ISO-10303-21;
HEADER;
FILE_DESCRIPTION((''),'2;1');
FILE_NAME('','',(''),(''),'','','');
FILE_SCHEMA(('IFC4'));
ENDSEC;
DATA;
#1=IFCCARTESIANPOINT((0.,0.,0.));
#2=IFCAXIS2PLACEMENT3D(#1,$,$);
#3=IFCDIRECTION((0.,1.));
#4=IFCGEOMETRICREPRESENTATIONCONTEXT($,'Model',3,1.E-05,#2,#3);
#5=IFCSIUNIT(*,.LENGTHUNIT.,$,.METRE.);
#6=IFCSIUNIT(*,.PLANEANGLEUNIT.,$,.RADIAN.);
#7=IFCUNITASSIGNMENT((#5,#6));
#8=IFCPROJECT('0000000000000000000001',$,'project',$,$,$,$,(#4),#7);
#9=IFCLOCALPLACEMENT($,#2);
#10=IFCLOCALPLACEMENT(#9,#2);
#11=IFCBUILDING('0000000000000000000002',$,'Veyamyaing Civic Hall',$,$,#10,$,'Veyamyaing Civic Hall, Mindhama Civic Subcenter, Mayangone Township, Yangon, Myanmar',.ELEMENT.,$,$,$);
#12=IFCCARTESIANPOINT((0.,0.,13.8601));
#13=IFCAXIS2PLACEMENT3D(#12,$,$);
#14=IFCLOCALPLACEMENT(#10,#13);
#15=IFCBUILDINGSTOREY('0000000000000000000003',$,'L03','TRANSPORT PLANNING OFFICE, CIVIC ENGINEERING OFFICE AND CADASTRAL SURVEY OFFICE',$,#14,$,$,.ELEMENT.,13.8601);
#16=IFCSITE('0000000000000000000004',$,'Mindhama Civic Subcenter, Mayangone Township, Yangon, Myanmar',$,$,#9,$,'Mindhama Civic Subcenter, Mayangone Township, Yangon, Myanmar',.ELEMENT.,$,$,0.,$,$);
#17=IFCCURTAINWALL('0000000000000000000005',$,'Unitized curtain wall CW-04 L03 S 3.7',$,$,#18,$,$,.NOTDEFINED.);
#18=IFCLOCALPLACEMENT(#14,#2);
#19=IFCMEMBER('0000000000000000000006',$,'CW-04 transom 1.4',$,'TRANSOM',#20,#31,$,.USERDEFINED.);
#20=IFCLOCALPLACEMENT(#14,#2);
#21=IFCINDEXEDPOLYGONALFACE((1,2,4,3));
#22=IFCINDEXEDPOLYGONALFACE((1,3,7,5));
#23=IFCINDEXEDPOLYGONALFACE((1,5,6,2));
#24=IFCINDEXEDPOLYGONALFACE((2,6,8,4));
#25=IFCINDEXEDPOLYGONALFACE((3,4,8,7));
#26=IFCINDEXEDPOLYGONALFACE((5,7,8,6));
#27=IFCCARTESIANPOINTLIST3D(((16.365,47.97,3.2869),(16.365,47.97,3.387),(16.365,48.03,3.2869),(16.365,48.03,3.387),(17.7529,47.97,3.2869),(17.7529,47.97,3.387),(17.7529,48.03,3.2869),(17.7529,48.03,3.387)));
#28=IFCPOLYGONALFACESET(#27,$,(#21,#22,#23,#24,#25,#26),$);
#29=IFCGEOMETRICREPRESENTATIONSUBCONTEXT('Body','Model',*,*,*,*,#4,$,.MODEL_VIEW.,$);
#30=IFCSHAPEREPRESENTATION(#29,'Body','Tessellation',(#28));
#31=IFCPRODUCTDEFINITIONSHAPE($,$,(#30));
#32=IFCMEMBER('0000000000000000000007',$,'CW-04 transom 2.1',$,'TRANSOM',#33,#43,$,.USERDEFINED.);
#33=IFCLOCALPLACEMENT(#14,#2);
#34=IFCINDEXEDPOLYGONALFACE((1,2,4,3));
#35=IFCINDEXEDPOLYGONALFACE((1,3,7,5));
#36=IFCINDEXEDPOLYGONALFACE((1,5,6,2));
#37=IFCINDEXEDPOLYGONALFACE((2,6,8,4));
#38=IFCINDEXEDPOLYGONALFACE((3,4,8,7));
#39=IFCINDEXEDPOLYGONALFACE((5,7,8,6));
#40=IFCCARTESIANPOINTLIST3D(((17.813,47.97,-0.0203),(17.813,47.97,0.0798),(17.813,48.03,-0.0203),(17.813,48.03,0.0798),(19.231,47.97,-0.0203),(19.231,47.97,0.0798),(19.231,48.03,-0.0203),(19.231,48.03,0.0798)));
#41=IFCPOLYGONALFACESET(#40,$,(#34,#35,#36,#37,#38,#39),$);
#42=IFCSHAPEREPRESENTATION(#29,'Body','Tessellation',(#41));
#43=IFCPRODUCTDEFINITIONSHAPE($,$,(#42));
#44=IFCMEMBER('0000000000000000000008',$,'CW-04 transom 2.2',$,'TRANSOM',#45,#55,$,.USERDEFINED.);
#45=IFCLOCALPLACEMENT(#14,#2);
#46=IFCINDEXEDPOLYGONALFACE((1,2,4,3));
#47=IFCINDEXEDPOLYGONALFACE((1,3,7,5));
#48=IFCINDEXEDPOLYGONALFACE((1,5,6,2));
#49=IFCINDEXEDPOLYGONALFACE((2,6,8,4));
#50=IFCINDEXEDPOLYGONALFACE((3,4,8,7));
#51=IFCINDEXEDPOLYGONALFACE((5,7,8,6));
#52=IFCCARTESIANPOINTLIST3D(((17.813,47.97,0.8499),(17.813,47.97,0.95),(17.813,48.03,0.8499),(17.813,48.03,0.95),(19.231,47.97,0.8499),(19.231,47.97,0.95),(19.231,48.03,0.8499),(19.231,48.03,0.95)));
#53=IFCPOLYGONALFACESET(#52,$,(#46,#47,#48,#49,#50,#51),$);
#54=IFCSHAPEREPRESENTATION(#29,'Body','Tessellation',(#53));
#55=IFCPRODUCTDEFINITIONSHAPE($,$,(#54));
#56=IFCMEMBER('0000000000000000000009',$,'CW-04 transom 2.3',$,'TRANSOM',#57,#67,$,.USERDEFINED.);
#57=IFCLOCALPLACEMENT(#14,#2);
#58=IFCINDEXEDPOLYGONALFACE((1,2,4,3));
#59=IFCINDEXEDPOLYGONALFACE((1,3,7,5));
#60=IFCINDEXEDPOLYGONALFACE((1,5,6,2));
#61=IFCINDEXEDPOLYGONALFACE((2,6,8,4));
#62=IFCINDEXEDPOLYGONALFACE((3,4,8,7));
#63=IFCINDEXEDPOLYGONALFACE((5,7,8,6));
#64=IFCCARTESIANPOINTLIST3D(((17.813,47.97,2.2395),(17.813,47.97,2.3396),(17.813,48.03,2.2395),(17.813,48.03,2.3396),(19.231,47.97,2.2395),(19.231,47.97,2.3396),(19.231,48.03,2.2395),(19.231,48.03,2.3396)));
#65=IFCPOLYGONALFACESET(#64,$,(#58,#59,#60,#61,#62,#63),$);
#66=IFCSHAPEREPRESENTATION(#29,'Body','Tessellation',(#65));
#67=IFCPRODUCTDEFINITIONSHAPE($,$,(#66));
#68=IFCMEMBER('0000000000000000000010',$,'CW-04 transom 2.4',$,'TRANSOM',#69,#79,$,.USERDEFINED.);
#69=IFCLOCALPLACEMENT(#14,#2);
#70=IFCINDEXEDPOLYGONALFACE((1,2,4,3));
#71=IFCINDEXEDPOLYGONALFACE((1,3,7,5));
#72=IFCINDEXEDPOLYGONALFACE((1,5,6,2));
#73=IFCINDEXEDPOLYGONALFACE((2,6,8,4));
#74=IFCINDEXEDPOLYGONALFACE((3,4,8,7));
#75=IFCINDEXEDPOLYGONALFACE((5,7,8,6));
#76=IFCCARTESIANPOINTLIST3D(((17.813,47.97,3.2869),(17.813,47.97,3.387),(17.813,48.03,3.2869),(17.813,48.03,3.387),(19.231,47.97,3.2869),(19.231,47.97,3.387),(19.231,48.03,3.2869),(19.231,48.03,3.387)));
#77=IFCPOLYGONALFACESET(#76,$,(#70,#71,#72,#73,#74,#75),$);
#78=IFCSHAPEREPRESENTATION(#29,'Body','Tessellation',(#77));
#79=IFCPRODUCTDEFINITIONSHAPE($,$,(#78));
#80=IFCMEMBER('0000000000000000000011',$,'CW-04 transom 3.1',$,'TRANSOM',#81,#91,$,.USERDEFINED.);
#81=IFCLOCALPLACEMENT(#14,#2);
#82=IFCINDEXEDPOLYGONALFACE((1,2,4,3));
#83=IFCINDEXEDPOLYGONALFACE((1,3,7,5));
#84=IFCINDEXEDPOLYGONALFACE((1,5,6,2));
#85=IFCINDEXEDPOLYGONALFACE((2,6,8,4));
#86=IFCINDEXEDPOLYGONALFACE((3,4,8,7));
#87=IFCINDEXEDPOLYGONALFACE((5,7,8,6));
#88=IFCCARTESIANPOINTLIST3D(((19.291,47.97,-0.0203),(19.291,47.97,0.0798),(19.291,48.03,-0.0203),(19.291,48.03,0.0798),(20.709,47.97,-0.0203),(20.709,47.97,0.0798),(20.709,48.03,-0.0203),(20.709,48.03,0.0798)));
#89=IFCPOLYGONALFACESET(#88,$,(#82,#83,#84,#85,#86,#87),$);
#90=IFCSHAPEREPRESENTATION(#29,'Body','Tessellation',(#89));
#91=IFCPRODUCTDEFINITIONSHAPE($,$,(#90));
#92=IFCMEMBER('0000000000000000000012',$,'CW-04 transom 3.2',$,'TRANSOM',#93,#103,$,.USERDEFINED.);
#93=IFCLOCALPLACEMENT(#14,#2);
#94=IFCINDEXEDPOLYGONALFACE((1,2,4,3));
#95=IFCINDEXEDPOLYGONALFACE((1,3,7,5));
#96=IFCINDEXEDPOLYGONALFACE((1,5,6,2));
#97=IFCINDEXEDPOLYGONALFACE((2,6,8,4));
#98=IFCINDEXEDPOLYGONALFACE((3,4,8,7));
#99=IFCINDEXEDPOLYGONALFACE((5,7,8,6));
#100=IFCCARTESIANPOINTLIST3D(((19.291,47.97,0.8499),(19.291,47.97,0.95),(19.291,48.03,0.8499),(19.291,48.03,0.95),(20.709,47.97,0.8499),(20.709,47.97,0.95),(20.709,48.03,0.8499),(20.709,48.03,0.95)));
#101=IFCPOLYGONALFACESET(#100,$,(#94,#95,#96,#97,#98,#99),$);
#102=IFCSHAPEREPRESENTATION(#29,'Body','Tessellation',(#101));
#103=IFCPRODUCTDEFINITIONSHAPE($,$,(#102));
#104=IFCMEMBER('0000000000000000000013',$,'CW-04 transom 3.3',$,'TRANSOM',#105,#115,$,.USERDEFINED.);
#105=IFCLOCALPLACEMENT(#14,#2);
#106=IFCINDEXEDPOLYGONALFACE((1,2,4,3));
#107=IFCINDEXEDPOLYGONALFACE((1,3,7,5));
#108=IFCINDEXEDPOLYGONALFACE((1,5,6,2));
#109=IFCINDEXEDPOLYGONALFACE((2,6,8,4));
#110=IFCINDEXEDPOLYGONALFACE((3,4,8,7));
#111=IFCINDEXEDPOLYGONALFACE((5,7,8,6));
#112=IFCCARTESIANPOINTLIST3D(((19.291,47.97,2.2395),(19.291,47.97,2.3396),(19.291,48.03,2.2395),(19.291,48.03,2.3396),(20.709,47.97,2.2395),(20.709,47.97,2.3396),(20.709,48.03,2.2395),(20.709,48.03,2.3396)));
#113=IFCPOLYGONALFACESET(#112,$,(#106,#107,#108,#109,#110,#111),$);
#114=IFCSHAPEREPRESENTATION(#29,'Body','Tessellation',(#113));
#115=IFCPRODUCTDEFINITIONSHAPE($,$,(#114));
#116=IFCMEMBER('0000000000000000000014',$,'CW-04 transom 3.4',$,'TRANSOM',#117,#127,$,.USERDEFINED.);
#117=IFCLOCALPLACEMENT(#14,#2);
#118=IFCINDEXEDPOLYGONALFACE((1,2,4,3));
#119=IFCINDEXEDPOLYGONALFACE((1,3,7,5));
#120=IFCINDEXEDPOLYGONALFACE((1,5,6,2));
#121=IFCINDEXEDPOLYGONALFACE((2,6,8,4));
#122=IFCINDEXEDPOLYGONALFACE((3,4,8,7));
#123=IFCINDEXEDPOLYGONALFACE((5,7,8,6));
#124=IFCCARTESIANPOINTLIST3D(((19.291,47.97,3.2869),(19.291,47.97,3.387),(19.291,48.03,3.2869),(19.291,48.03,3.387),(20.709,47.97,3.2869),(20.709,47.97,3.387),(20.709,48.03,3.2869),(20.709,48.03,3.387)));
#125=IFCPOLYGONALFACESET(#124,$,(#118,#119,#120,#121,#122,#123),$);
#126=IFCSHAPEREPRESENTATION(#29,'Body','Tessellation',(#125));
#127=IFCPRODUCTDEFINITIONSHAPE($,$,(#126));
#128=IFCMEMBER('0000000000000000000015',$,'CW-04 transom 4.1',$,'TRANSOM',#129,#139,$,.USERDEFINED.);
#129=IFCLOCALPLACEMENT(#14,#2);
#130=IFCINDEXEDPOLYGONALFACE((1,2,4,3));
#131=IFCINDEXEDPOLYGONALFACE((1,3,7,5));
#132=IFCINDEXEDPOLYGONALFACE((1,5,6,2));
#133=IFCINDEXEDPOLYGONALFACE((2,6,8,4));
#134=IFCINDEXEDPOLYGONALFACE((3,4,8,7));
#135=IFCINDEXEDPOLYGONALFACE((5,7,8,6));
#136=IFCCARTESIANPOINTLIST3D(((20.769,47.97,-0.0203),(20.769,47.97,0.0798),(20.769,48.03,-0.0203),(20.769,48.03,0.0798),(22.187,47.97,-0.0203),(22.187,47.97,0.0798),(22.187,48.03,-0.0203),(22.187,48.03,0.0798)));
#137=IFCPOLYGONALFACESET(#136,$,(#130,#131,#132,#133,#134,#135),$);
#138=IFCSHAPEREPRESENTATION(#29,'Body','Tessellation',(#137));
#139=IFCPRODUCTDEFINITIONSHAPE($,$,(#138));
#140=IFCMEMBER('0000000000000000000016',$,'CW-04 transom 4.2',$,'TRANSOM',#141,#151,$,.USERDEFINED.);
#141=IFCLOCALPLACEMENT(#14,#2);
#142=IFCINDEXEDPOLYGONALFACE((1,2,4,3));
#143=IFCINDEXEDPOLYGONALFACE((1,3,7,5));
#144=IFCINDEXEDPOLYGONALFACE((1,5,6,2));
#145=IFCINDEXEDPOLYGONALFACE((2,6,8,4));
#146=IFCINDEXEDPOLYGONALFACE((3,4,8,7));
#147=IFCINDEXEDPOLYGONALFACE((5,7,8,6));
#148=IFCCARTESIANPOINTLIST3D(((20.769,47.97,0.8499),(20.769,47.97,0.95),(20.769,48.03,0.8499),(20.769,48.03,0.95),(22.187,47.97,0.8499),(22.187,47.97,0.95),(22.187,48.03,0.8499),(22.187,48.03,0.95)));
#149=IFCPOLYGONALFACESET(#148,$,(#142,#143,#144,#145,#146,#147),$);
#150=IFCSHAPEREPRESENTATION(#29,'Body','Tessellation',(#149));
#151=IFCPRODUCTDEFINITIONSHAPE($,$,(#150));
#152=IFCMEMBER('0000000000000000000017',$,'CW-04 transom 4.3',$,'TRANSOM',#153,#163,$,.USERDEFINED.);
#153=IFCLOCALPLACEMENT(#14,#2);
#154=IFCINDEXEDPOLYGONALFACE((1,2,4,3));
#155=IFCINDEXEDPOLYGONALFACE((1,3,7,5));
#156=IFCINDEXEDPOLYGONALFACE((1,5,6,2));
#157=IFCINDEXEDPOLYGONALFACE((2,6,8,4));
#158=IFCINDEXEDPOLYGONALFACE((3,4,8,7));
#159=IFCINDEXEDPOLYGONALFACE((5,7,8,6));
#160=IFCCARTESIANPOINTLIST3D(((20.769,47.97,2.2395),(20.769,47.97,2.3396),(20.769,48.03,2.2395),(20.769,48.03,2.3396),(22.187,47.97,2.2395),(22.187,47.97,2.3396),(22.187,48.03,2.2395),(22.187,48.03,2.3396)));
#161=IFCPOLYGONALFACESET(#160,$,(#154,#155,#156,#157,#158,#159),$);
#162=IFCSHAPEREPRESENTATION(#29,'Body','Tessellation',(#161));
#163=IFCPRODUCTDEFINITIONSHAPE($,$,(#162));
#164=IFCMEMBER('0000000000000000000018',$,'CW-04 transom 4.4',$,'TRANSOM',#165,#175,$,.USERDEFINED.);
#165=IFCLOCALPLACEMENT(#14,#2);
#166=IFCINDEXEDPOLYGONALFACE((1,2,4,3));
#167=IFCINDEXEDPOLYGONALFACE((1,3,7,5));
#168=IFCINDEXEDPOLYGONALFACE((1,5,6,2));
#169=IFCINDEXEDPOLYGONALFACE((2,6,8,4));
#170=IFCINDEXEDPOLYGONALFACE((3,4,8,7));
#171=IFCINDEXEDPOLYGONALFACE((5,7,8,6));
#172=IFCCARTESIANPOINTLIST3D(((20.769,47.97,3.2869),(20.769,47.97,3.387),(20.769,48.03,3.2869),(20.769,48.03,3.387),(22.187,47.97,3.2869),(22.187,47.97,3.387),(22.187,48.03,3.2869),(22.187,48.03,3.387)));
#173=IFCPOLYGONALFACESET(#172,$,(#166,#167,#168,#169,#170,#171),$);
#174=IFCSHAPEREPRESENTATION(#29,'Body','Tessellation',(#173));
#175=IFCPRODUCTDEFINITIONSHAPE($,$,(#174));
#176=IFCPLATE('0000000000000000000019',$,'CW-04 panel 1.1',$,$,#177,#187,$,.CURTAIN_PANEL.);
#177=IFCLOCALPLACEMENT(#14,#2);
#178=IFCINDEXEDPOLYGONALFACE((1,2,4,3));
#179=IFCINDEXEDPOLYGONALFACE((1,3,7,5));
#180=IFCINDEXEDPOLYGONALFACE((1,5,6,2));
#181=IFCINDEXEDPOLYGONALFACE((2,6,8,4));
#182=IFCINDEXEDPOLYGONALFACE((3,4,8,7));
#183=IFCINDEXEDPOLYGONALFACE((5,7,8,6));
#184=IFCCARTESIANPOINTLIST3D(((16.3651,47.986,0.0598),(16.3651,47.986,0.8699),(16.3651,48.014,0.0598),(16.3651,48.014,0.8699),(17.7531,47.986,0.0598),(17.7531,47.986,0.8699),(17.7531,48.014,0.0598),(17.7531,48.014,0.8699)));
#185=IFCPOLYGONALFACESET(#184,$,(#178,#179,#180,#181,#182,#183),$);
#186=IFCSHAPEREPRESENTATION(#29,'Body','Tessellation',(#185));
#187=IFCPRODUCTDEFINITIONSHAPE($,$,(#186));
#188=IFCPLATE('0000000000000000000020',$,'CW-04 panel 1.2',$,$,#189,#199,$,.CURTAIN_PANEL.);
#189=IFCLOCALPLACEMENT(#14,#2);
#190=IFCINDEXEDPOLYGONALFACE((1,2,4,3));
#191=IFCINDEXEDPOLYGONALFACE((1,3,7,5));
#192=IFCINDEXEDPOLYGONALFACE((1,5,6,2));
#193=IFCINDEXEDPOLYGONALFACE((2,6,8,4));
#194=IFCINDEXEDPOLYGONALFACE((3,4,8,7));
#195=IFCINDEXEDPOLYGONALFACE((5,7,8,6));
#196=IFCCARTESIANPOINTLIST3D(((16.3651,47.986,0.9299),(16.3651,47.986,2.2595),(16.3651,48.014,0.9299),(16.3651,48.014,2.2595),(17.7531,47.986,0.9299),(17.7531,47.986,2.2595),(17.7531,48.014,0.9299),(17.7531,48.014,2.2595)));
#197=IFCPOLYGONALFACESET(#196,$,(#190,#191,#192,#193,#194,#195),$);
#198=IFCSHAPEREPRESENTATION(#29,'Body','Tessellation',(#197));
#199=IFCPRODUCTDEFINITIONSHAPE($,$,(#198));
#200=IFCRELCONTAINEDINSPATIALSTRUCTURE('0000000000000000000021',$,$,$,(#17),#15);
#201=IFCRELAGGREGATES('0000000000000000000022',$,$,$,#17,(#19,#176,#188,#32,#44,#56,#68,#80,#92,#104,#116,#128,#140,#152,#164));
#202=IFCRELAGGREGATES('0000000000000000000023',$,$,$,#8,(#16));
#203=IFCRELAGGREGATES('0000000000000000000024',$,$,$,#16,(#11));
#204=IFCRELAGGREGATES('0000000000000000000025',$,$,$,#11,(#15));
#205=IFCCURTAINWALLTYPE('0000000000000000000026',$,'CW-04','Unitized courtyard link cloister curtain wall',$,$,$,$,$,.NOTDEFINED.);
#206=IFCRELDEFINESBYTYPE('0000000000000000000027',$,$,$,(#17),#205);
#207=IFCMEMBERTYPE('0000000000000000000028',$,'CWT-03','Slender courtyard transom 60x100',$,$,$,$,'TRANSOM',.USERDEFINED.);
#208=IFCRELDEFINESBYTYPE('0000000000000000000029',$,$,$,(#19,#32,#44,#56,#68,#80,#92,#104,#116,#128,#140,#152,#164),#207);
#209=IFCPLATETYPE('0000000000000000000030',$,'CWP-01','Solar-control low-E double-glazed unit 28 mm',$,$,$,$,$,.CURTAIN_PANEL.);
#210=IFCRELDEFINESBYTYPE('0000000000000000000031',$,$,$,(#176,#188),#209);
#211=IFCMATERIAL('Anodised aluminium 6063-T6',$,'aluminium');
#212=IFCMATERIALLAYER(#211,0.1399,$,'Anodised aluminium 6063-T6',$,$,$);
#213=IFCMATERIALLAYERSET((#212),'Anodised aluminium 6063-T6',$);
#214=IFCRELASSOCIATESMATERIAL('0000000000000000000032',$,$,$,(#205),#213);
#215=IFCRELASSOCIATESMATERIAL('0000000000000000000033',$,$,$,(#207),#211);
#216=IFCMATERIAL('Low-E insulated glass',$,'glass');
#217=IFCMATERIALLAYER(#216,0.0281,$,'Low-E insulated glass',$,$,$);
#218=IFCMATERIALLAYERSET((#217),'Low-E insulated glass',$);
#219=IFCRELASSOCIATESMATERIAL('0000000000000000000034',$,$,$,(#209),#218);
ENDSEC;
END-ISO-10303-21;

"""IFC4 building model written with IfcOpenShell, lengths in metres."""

from ifc_helpers import new_model, si_unit, direction, frame, origin, origin_2d, place, context, subcontext, project, spatial, rectangle, extrude, material, layer, layer_set, material_profile, profile_set, type_object, element, aggregate, save


model = new_model("IFC4")

# Units and contexts
model_context = context("Model", 3, precision=1e-05, world=origin(), true_north=direction((0.0, 1.0)))
body_context = subcontext(model_context, "Body", "Model", "MODEL_VIEW")
ifc_project = project(units=[si_unit("LENGTHUNIT", "METRE"), si_unit("PLANEANGLEUNIT", "RADIAN")], contexts=[model_context])

# Site, building, storey
site_placement = place(None, origin())
site = spatial("IfcSite", under=ifc_project, at=site_placement, Name="Mindhama Civic Subcenter, Mayangone Township, Yangon, Myanmar", LongName="Mindhama Civic Subcenter, Mayangone Township, Yangon, Myanmar", CompositionType="ELEMENT", RefElevation=0.0)
building_placement = place(site_placement, origin())
building = spatial("IfcBuilding", under=site, at=building_placement, Name="Veyamyaing Civic Hall", LongName="Veyamyaing Civic Hall, Mindhama Civic Subcenter, Mayangone Township, Yangon, Myanmar", CompositionType="ELEMENT")
storey_placement = place(building_placement, frame((0.0, 0.0, 13.8601)))
storey = spatial("IfcBuildingStorey", under=building, at=storey_placement, Name="L03", Description="TRANSPORT PLANNING OFFICE, CIVIC ENGINEERING OFFICE AND CADASTRAL SURVEY OFFICE", CompositionType="ELEMENT", Elevation=13.8601)

# Curtain wall, members, plates
ifc_material_1 = material(Name="Anodised aluminium 6063-T6", Category="aluminium")
ifc_layer_1 = layer(ifc_material_1, 0.1399, Name="Anodised aluminium 6063-T6")
ifc_layer_set_1 = layer_set([ifc_layer_1], Name="Anodised aluminium 6063-T6")
curtain_wall_type = type_object("IfcCurtainWallType", Name="CW-04", Description="Unitized courtyard link cloister curtain wall", PredefinedType="NOTDEFINED", material=ifc_layer_set_1)
curtain_wall_placement = place(storey_placement, origin())
curtain_wall = element("IfcCurtainWall", 1, at=curtain_wall_placement, inside=storey, type_object=curtain_wall_type, Name="Unitized curtain wall CW-04 L03 S 3.7", PredefinedType="NOTDEFINED")
ifc_material_profile_1 = material_profile(ifc_material_1, rectangle(XDim=0.0601, YDim=0.1001, at=origin_2d()), Name="ALU-TRN-60X100")
ifc_profile_set_1 = profile_set([ifc_material_profile_1], Name="Anodised aluminium 6063-T6")
member_type_1 = type_object("IfcMemberType", Name="CWT-03", Description="Slender courtyard transom 60x100", ElementType="TRANSOM", PredefinedType="USERDEFINED", material=ifc_profile_set_1)
member_1_placement = place(storey_placement, frame((16.365, 48.0, 3.3369), z_axis=(1.0, 0.0, 0.0), x_axis=(0.0, 1.0, 0.0)))
member_1 = element("IfcMember", 2, at=member_1_placement, type_object=member_type_1, Name="CW-04 transom 1.4", ObjectType="TRANSOM", PredefinedType="USERDEFINED", context=body_context, shape_type="SweptSolid", body=[
    extrude(rectangle(XDim=0.0601, YDim=0.1001, at=origin_2d()), origin(), (0.0, 0.0, 1.0), 1.3879),
])
member_2_placement = place(storey_placement, frame((17.813, 48.0, 0.0298), z_axis=(1.0, 0.0, 0.0), x_axis=(0.0, 1.0, 0.0)))
member_2 = element("IfcMember", 3, at=member_2_placement, type_object=member_type_1, Name="CW-04 transom 2.1", ObjectType="TRANSOM", PredefinedType="USERDEFINED", context=body_context, shape_type="SweptSolid", body=[
    extrude(rectangle(XDim=0.0601, YDim=0.1001, at=origin_2d()), origin(), (0.0, 0.0, 1.0), 1.418),
])
member_3_placement = place(storey_placement, frame((17.813, 48.0, 0.8999), z_axis=(1.0, 0.0, 0.0), x_axis=(0.0, 1.0, 0.0)))
member_3 = element("IfcMember", 4, at=member_3_placement, type_object=member_type_1, Name="CW-04 transom 2.2", ObjectType="TRANSOM", PredefinedType="USERDEFINED", context=body_context, shape_type="SweptSolid", body=[
    extrude(rectangle(XDim=0.0601, YDim=0.1001, at=origin_2d()), origin(), (0.0, 0.0, 1.0), 1.418),
])
member_4_placement = place(storey_placement, frame((17.813, 48.0, 2.2896), z_axis=(1.0, 0.0, 0.0), x_axis=(0.0, 1.0, 0.0)))
member_4 = element("IfcMember", 5, at=member_4_placement, type_object=member_type_1, Name="CW-04 transom 2.3", ObjectType="TRANSOM", PredefinedType="USERDEFINED", context=body_context, shape_type="SweptSolid", body=[
    extrude(rectangle(XDim=0.0601, YDim=0.1001, at=origin_2d()), origin(), (0.0, 0.0, 1.0), 1.418),
])
member_5_placement = place(storey_placement, frame((17.813, 48.0, 3.3369), z_axis=(1.0, 0.0, 0.0), x_axis=(0.0, 1.0, 0.0)))
member_5 = element("IfcMember", 6, at=member_5_placement, type_object=member_type_1, Name="CW-04 transom 2.4", ObjectType="TRANSOM", PredefinedType="USERDEFINED", context=body_context, shape_type="SweptSolid", body=[
    extrude(rectangle(XDim=0.0601, YDim=0.1001, at=origin_2d()), origin(), (0.0, 0.0, 1.0), 1.418),
])
member_6_placement = place(storey_placement, frame((19.291, 48.0, 0.0298), z_axis=(1.0, 0.0, 0.0), x_axis=(0.0, 1.0, 0.0)))
member_6 = element("IfcMember", 7, at=member_6_placement, type_object=member_type_1, Name="CW-04 transom 3.1", ObjectType="TRANSOM", PredefinedType="USERDEFINED", context=body_context, shape_type="SweptSolid", body=[
    extrude(rectangle(XDim=0.0601, YDim=0.1001, at=origin_2d()), origin(), (0.0, 0.0, 1.0), 1.418),
])
member_7_placement = place(storey_placement, frame((19.291, 48.0, 0.8999), z_axis=(1.0, 0.0, 0.0), x_axis=(0.0, 1.0, 0.0)))
member_7 = element("IfcMember", 8, at=member_7_placement, type_object=member_type_1, Name="CW-04 transom 3.2", ObjectType="TRANSOM", PredefinedType="USERDEFINED", context=body_context, shape_type="SweptSolid", body=[
    extrude(rectangle(XDim=0.0601, YDim=0.1001, at=origin_2d()), origin(), (0.0, 0.0, 1.0), 1.418),
])
member_8_placement = place(storey_placement, frame((19.291, 48.0, 2.2896), z_axis=(1.0, 0.0, 0.0), x_axis=(0.0, 1.0, 0.0)))
member_8 = element("IfcMember", 9, at=member_8_placement, type_object=member_type_1, Name="CW-04 transom 3.3", ObjectType="TRANSOM", PredefinedType="USERDEFINED", context=body_context, shape_type="SweptSolid", body=[
    extrude(rectangle(XDim=0.0601, YDim=0.1001, at=origin_2d()), origin(), (0.0, 0.0, 1.0), 1.418),
])
member_9_placement = place(storey_placement, frame((19.291, 48.0, 3.3369), z_axis=(1.0, 0.0, 0.0), x_axis=(0.0, 1.0, 0.0)))
member_9 = element("IfcMember", 10, at=member_9_placement, type_object=member_type_1, Name="CW-04 transom 3.4", ObjectType="TRANSOM", PredefinedType="USERDEFINED", context=body_context, shape_type="SweptSolid", body=[
    extrude(rectangle(XDim=0.0601, YDim=0.1001, at=origin_2d()), origin(), (0.0, 0.0, 1.0), 1.418),
])
member_10_placement = place(storey_placement, frame((20.769, 48.0, 0.0298), z_axis=(1.0, 0.0, 0.0), x_axis=(0.0, 1.0, 0.0)))
member_10 = element("IfcMember", 11, at=member_10_placement, type_object=member_type_1, Name="CW-04 transom 4.1", ObjectType="TRANSOM", PredefinedType="USERDEFINED", context=body_context, shape_type="SweptSolid", body=[
    extrude(rectangle(XDim=0.0601, YDim=0.1001, at=origin_2d()), origin(), (0.0, 0.0, 1.0), 1.418),
])
member_11_placement = place(storey_placement, frame((20.769, 48.0, 0.8999), z_axis=(1.0, 0.0, 0.0), x_axis=(0.0, 1.0, 0.0)))
member_11 = element("IfcMember", 12, at=member_11_placement, type_object=member_type_1, Name="CW-04 transom 4.2", ObjectType="TRANSOM", PredefinedType="USERDEFINED", context=body_context, shape_type="SweptSolid", body=[
    extrude(rectangle(XDim=0.0601, YDim=0.1001, at=origin_2d()), origin(), (0.0, 0.0, 1.0), 1.418),
])
member_12_placement = place(storey_placement, frame((20.769, 48.0, 2.2896), z_axis=(1.0, 0.0, 0.0), x_axis=(0.0, 1.0, 0.0)))
member_12 = element("IfcMember", 13, at=member_12_placement, type_object=member_type_1, Name="CW-04 transom 4.3", ObjectType="TRANSOM", PredefinedType="USERDEFINED", context=body_context, shape_type="SweptSolid", body=[
    extrude(rectangle(XDim=0.0601, YDim=0.1001, at=origin_2d()), origin(), (0.0, 0.0, 1.0), 1.418),
])
member_13_placement = place(storey_placement, frame((20.769, 48.0, 3.3369), z_axis=(1.0, 0.0, 0.0), x_axis=(0.0, 1.0, 0.0)))
member_13 = element("IfcMember", 14, at=member_13_placement, type_object=member_type_1, Name="CW-04 transom 4.4", ObjectType="TRANSOM", PredefinedType="USERDEFINED", context=body_context, shape_type="SweptSolid", body=[
    extrude(rectangle(XDim=0.0601, YDim=0.1001, at=origin_2d()), origin(), (0.0, 0.0, 1.0), 1.418),
])
ifc_material_2 = material(Name="Low-E insulated glass", Category="glass")
ifc_layer_2 = layer(ifc_material_2, 0.0281, Name="Low-E insulated glass")
ifc_layer_set_2 = layer_set([ifc_layer_2], Name="Low-E insulated glass")
plate_type = type_object("IfcPlateType", Name="CWP-01", Description="Solar-control low-E double-glazed unit 28 mm", PredefinedType="CURTAIN_PANEL", material=ifc_layer_set_2)
plate_1_placement = place(storey_placement, frame((17.0591, 48.0, 0.0598), z_axis=(0.0, 0.0, 1.0), x_axis=(1.0, 0.0, 0.0)))
plate_1 = element("IfcPlate", 15, at=plate_1_placement, type_object=plate_type, Name="CW-04 panel 1.1", PredefinedType="CURTAIN_PANEL", context=body_context, shape_type="SweptSolid", body=[
    extrude(rectangle(XDim=1.3879, YDim=0.0281, at=origin_2d()), origin(), (0.0, 0.0, 1.0), 0.8101),
])
plate_2_placement = place(storey_placement, frame((17.0591, 48.0, 0.9299), z_axis=(0.0, 0.0, 1.0), x_axis=(1.0, 0.0, 0.0)))
plate_2 = element("IfcPlate", 16, at=plate_2_placement, type_object=plate_type, Name="CW-04 panel 1.2", PredefinedType="CURTAIN_PANEL", context=body_context, shape_type="SweptSolid", body=[
    extrude(rectangle(XDim=1.3879, YDim=0.0281, at=origin_2d()), origin(), (0.0, 0.0, 1.0), 1.3296),
])
aggregate(curtain_wall, [member_1, plate_1, plate_2, member_2, member_3, member_4, member_5, member_6, member_7, member_8, member_9, member_10, member_11, member_12, member_13])

save(model, "model.ifc")
